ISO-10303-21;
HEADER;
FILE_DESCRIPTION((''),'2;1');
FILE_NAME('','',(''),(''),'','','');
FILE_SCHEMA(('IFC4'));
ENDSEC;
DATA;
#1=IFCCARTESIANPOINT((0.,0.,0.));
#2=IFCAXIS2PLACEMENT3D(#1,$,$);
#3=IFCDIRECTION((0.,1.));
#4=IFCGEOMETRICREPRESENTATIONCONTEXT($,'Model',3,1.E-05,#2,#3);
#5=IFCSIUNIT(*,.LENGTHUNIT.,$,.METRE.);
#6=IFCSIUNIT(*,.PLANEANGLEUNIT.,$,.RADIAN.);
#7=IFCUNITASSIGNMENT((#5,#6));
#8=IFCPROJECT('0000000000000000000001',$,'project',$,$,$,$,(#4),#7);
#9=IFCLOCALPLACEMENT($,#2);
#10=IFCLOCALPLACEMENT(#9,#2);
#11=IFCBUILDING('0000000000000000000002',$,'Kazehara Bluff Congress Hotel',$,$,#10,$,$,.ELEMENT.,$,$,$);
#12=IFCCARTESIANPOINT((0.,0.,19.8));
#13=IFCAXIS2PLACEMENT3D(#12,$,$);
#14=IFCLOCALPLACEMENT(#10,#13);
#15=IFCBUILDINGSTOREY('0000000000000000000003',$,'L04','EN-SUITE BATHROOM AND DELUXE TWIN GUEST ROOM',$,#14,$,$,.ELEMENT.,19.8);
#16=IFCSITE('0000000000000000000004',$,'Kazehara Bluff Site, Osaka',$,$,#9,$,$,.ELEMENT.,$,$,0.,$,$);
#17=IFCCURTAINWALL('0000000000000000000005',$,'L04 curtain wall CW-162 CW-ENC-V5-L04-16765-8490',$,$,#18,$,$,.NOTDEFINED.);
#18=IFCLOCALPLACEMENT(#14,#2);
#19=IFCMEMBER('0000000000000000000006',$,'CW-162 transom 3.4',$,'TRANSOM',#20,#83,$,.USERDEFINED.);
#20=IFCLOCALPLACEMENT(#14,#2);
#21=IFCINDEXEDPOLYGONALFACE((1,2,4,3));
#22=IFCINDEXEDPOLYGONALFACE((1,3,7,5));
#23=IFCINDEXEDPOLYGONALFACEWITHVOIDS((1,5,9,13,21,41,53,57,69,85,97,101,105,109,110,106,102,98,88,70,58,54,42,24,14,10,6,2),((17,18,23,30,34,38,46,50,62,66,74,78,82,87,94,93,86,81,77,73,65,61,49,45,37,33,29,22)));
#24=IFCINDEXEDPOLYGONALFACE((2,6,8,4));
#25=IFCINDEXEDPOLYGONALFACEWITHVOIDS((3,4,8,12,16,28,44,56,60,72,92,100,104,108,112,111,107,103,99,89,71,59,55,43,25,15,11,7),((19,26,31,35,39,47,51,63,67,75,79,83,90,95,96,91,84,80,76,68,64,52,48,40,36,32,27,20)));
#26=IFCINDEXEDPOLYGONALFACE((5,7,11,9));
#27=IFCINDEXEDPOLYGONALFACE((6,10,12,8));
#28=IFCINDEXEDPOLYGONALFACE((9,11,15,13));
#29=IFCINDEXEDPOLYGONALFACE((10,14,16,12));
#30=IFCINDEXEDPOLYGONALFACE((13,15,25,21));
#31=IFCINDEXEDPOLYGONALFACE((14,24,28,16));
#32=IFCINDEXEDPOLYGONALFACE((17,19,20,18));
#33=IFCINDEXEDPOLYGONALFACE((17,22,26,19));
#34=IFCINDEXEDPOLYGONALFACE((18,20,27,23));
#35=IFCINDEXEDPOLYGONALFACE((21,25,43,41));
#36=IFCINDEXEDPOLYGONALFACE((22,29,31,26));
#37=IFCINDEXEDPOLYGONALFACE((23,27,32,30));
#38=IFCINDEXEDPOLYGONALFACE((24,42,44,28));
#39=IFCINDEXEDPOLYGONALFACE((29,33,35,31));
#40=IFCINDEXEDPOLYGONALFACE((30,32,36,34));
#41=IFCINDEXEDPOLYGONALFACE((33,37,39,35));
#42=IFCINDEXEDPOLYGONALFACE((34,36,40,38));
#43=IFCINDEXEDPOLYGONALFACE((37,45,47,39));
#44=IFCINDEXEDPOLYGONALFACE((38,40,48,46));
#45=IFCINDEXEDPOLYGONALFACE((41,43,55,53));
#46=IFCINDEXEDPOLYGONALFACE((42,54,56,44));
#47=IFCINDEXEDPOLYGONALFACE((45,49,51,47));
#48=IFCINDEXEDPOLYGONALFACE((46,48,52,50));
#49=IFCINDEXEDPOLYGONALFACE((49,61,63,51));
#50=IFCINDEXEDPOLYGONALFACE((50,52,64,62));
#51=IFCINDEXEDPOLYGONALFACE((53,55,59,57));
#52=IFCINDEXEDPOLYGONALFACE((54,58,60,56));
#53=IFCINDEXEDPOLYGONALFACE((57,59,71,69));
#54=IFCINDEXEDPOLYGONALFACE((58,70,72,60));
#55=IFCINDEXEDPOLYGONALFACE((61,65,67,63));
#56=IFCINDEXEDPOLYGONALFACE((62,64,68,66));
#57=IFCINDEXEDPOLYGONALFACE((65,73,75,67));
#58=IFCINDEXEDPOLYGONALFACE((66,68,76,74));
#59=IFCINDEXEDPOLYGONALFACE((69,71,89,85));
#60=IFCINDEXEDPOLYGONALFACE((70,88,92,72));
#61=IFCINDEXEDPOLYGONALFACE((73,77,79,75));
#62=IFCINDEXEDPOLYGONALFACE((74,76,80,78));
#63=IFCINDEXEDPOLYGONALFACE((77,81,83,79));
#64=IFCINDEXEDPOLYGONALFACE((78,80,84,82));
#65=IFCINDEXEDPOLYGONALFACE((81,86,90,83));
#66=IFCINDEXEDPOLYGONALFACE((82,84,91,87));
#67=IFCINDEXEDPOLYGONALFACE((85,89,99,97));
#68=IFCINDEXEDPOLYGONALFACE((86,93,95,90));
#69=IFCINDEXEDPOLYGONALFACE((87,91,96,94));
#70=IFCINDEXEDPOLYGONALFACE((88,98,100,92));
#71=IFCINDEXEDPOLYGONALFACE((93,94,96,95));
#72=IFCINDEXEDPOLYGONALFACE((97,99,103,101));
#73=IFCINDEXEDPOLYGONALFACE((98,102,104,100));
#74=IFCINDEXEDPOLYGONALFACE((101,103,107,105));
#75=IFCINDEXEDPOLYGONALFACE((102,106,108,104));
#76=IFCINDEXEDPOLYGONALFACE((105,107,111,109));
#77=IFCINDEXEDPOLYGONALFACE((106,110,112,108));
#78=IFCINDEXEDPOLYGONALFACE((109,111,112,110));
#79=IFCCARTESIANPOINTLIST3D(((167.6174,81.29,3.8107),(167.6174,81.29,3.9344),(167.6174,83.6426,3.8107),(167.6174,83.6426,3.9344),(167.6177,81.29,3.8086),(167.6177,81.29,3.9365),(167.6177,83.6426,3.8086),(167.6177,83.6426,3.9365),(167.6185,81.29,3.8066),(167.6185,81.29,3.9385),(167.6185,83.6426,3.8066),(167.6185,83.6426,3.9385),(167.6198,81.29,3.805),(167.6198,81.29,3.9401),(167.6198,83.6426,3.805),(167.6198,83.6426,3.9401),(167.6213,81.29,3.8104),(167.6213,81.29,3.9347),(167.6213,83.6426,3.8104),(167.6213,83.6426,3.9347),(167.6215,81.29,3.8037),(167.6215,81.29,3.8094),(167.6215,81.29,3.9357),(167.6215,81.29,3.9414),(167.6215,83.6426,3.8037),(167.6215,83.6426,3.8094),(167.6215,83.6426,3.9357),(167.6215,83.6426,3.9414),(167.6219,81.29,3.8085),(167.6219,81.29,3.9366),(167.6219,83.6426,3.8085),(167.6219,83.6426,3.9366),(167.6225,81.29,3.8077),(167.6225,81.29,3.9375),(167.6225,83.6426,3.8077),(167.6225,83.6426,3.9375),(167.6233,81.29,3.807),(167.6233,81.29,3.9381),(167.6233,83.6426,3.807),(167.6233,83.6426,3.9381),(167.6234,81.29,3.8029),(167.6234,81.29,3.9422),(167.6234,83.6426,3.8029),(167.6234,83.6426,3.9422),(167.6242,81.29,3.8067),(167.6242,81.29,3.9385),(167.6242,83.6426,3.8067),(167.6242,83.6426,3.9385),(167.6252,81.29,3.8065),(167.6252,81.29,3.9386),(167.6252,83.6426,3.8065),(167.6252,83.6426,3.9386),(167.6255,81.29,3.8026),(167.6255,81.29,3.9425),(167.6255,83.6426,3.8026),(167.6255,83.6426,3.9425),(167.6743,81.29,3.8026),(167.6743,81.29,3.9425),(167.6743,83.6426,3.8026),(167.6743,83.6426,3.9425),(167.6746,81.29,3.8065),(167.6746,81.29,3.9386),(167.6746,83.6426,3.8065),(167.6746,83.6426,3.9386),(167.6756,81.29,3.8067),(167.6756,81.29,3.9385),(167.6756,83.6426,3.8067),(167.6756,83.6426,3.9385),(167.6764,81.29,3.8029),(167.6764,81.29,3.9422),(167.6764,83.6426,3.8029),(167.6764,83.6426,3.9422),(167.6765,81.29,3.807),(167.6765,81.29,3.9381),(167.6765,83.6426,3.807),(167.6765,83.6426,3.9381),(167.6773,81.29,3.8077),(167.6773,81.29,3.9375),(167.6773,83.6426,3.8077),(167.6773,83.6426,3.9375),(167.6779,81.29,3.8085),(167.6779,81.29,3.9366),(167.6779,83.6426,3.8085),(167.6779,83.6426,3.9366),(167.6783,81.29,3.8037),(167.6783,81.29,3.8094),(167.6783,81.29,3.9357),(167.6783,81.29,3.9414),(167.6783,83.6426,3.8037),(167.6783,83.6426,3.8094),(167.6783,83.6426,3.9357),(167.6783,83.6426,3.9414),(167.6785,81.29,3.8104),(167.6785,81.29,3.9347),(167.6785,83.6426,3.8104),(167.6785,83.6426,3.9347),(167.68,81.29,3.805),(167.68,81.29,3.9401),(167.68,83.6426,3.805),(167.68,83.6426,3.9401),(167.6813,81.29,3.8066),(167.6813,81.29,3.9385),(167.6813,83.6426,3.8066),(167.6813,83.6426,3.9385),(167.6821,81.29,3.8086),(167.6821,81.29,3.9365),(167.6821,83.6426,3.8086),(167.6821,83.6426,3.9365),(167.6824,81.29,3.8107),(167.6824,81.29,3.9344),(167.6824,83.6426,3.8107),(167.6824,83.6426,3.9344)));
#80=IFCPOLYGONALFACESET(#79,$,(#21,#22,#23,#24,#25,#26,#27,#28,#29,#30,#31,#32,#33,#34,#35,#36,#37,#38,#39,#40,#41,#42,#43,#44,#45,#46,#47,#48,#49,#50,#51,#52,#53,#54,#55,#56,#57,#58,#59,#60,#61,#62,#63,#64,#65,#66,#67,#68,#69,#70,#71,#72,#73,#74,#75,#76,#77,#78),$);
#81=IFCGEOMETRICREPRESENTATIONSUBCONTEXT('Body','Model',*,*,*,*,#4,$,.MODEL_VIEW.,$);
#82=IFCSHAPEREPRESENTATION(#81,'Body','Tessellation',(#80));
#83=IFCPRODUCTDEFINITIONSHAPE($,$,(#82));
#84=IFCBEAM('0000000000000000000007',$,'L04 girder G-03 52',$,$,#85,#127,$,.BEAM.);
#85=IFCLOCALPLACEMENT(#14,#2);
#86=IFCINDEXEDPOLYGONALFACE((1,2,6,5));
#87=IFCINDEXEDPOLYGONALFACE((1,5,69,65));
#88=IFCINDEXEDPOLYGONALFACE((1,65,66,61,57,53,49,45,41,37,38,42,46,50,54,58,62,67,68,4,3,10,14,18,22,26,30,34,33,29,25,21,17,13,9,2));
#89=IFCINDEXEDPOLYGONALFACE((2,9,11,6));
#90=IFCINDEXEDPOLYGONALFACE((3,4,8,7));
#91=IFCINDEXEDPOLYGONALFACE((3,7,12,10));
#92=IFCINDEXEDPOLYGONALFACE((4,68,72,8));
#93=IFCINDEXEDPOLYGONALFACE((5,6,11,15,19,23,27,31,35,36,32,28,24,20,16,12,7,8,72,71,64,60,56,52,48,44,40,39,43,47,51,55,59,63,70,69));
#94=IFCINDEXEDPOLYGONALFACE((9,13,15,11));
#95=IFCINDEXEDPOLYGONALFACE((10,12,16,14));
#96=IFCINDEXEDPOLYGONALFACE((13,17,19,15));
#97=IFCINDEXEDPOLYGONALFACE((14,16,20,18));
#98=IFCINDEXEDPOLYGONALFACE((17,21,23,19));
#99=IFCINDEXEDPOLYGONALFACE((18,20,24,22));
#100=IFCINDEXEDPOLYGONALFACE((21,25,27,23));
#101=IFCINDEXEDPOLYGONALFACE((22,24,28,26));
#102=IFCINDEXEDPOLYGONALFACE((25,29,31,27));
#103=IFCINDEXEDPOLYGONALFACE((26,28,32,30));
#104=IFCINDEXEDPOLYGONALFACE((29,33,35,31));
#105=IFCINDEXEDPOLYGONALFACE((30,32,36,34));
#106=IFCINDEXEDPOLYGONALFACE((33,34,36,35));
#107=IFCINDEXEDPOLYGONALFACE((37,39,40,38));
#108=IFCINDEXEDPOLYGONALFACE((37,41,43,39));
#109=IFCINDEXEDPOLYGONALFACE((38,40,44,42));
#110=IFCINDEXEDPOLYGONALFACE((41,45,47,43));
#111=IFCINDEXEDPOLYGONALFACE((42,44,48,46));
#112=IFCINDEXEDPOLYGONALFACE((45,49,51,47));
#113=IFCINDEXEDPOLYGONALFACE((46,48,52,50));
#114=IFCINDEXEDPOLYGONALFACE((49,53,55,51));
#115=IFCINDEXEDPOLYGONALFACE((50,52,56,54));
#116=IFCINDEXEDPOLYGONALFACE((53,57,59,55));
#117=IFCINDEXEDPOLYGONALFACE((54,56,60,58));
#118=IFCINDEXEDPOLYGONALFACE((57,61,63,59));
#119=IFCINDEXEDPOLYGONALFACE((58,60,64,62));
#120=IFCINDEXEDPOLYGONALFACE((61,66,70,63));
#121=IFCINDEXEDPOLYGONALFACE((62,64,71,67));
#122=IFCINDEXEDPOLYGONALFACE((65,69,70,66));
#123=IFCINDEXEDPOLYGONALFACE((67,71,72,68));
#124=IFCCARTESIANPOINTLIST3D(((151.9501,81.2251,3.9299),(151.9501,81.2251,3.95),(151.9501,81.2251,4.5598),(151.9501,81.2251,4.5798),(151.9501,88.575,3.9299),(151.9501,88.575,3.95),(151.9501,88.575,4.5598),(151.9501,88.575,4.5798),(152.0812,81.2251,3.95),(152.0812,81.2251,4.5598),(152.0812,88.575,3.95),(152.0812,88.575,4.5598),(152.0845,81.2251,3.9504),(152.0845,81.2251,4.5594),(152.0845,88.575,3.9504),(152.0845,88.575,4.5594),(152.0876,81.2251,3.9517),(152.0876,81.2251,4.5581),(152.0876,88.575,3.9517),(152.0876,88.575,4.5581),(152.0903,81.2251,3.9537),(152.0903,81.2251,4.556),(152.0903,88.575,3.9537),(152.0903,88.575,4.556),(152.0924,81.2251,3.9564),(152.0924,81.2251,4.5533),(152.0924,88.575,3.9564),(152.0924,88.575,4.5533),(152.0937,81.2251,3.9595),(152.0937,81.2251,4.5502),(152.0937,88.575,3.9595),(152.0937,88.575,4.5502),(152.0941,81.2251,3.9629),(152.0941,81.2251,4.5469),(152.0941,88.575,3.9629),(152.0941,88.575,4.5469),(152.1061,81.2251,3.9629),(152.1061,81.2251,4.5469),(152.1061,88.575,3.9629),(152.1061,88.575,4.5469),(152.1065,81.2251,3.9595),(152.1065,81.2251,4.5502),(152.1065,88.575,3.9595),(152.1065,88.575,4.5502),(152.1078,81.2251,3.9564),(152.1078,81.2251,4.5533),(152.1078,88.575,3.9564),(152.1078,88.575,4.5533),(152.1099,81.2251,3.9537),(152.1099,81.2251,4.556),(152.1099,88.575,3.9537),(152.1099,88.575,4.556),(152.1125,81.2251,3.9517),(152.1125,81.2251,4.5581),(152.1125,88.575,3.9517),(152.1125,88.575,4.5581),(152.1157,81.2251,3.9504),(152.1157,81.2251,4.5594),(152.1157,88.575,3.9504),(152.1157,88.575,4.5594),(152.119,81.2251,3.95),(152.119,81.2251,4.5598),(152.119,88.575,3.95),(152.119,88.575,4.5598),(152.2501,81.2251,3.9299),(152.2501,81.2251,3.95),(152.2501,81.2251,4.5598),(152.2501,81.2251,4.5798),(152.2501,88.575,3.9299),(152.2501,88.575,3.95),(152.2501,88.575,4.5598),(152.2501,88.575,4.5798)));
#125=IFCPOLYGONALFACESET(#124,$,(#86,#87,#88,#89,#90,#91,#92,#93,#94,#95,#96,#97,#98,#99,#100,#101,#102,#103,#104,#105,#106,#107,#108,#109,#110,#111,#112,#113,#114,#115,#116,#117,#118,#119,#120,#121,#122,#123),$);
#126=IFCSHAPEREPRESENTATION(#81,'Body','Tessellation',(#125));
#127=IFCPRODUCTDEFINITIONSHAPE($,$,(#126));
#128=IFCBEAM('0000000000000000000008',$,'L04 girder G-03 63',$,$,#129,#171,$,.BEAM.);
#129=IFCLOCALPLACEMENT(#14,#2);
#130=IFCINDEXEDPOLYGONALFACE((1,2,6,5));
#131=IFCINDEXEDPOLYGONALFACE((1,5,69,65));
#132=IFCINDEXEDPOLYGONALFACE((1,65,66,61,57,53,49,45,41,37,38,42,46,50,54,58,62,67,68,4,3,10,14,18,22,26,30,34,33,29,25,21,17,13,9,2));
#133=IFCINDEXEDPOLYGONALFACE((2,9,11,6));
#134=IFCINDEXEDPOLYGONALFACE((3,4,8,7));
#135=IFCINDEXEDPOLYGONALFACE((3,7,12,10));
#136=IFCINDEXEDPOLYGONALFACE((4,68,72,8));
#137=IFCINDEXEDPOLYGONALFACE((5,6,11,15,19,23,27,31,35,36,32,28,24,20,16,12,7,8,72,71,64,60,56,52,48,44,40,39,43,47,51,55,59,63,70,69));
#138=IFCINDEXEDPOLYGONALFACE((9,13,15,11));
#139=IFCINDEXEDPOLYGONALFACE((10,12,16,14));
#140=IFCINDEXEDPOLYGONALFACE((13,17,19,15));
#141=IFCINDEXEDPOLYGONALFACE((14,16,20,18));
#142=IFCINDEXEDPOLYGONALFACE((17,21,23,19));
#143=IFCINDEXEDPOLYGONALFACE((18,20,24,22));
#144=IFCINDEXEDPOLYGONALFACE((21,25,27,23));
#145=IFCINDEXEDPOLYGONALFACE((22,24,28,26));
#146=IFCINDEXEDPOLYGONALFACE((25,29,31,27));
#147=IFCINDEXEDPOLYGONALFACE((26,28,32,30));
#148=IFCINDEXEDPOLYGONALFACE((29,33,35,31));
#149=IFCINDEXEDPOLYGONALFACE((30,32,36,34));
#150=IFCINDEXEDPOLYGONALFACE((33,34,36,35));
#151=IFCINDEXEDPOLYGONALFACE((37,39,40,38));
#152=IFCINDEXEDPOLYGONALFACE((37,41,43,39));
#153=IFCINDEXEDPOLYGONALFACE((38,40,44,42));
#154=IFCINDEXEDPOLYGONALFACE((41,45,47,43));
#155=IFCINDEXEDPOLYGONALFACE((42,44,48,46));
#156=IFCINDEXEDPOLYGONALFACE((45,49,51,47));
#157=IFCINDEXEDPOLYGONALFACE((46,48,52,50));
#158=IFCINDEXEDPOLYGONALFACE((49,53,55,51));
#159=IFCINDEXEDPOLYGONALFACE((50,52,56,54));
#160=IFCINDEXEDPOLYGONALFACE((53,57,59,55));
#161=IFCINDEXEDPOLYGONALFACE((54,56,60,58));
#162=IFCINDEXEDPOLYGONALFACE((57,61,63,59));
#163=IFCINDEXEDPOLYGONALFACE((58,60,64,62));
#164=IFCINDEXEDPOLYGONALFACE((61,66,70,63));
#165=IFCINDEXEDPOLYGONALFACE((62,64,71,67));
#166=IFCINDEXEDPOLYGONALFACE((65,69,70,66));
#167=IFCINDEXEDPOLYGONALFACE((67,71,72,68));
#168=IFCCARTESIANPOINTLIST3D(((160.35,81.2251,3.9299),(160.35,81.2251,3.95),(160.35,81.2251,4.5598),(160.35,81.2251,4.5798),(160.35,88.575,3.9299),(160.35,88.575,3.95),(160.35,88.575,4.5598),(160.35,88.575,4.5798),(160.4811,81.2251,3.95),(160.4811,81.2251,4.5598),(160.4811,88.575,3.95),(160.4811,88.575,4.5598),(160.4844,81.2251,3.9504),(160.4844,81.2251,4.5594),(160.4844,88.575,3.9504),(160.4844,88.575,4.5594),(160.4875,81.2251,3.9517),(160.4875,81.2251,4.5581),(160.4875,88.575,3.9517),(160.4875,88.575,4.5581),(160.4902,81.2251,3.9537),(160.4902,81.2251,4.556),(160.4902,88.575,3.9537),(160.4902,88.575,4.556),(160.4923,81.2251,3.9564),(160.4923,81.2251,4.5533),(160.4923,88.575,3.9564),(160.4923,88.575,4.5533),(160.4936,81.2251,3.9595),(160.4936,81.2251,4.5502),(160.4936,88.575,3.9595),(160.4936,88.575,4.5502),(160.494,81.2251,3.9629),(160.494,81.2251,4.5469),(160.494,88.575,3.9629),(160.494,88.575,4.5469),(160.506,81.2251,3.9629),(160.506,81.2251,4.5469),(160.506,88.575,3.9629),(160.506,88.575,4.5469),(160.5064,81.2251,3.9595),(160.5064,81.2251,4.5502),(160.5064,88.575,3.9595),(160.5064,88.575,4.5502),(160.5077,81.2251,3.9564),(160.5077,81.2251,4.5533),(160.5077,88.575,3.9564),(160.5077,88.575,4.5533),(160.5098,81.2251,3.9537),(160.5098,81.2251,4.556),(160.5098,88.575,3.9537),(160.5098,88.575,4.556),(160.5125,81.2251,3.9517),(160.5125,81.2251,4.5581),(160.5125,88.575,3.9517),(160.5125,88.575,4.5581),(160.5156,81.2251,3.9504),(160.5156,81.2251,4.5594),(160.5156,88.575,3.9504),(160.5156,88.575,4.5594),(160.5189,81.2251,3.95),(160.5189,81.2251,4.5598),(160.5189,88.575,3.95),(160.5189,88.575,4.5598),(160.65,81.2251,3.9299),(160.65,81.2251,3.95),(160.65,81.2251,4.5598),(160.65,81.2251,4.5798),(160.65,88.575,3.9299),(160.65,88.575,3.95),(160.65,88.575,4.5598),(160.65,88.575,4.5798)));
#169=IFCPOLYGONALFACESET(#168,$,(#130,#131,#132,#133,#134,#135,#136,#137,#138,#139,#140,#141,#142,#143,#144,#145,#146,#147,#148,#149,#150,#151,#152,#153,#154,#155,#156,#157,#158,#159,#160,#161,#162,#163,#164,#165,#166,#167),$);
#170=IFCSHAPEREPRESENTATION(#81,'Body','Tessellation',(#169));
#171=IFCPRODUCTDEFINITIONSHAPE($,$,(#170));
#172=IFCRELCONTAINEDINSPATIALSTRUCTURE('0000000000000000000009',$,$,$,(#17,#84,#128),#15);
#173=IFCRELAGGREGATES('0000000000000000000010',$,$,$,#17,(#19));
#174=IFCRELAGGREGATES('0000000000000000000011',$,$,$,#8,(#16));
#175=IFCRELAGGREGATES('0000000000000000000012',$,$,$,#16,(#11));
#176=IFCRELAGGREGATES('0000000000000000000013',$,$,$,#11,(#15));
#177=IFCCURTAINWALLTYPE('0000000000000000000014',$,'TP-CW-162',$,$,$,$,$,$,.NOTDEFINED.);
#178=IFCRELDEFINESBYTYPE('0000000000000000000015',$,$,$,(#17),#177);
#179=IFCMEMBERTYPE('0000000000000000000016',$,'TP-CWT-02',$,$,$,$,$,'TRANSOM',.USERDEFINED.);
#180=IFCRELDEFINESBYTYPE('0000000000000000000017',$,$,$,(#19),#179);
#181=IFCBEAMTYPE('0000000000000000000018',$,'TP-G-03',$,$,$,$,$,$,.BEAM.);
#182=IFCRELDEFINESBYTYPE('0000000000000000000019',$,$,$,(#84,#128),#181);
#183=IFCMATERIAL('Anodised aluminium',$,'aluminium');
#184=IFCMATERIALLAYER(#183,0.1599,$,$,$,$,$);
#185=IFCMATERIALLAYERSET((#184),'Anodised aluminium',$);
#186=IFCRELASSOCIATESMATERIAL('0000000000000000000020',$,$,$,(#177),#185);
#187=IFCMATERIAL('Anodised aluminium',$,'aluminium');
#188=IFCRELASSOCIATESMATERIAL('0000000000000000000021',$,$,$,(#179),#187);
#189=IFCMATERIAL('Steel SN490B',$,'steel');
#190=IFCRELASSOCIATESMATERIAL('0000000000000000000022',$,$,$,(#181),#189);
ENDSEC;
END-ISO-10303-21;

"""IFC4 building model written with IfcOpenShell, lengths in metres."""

from ifc_helpers import new_model, si_unit, direction, frame, origin, origin_2d, place, context, subcontext, project, spatial, hollow_rectangle, i_section, extrude, material, layer, layer_set, material_profile, profile_set, type_object, element, aggregate, save


model = new_model("IFC4")

# Units and contexts
model_context = context("Model", 3, precision=1e-05, world=origin(), true_north=direction((0.0, 1.0)))
body_context = subcontext(model_context, "Body", "Model", "MODEL_VIEW")
ifc_project = project(units=[si_unit("LENGTHUNIT", "METRE"), si_unit("PLANEANGLEUNIT", "RADIAN")], contexts=[model_context])

# Site, building, storey
site_placement = place(None, origin())
site = spatial("IfcSite", under=ifc_project, at=site_placement, Name="Kazehara Bluff Site, Osaka", CompositionType="ELEMENT", RefElevation=0.0)
building_placement = place(site_placement, origin())
building = spatial("IfcBuilding", under=site, at=building_placement, Name="Kazehara Bluff Congress Hotel", CompositionType="ELEMENT")
storey_placement = place(building_placement, frame((0.0, 0.0, 19.8)))
storey = spatial("IfcBuildingStorey", under=building, at=storey_placement, Name="L04", Description="EN-SUITE BATHROOM AND DELUXE TWIN GUEST ROOM", CompositionType="ELEMENT", Elevation=19.8)

# Curtain wall
ifc_material_1 = material(Name="Anodised aluminium", Category="aluminium")
ifc_layer_1 = layer(ifc_material_1, 0.1599)
ifc_layer_set_1 = layer_set([ifc_layer_1], Name="Anodised aluminium")
curtain_wall_type_1 = type_object("IfcCurtainWallType", Name="TP-CW-162", PredefinedType="NOTDEFINED", material=ifc_layer_set_1)
curtain_wall_1_placement = place(storey_placement, origin())
curtain_wall_1 = element("IfcCurtainWall", 1, at=curtain_wall_1_placement, inside=storey, type_object=curtain_wall_type_1, Name="L04 curtain wall CW-162 CW-ENC-V5-L04-16765-8490", PredefinedType="NOTDEFINED")

# Member
ifc_material_2 = material(Name="Anodised aluminium", Category="aluminium")
ifc_material_profile_1 = material_profile(ifc_material_2, hollow_rectangle(XDim=0.0649, YDim=0.1399, WallThickness=0.0039, InnerFilletRadius=0.0039, OuterFilletRadius=0.0081, at=origin_2d()))
ifc_profile_set_1 = profile_set([ifc_material_profile_1], Name="Anodised aluminium")
member_type_1 = type_object("IfcMemberType", Name="TP-CWT-02", ElementType="TRANSOM", PredefinedType="USERDEFINED", material=ifc_profile_set_1)
member_1_placement = place(storey_placement, frame((167.6499, 83.6426, 3.8726), z_axis=(0.0, -1.0, 0.0), x_axis=(1.0, 0.0, 0.0)))
member_1 = element("IfcMember", 2, at=member_1_placement, type_object=member_type_1, Name="CW-162 transom 3.4", ObjectType="TRANSOM", PredefinedType="USERDEFINED", context=body_context, shape_type="SweptSolid", body=[
    extrude(hollow_rectangle(XDim=0.0649, YDim=0.1399, WallThickness=0.0039, InnerFilletRadius=0.0039, OuterFilletRadius=0.0081, at=origin_2d()), origin(), (0.0, 0.0, 1.0), 2.3525),
])

# Beams
ifc_material_3 = material(Name="Steel SN490B", Category="steel")
ifc_material_profile_2 = material_profile(ifc_material_3, i_section(OverallWidth=0.3, OverallDepth=0.6499, WebThickness=0.012, FlangeThickness=0.02, FilletRadius=0.0129, at=origin_2d()))
ifc_profile_set_2 = profile_set([ifc_material_profile_2], Name="Steel SN490B")
beam_type_1 = type_object("IfcBeamType", Name="TP-G-03", PredefinedType="BEAM", material=ifc_profile_set_2)
for number, where, z_axis, x_axis, name in (
    (3, (152.1001, 81.2251, 4.2549), (0.0, 1.0, 0.0), (-1.0, 0.0, 0.0), "L04 girder G-03 52"),
    (4, (160.5, 81.2251, 4.2549), (0.0, 1.0, 0.0), (-1.0, 0.0, 0.0), "L04 girder G-03 63"),
):
    element("IfcBeam", number, at=place(storey_placement, frame(where, z_axis=z_axis, x_axis=x_axis)), inside=storey, type_object=beam_type_1, Name=name, PredefinedType="BEAM", context=body_context, shape_type="SweptSolid", body=[
        extrude(i_section(OverallWidth=0.3, OverallDepth=0.6499, WebThickness=0.012, FlangeThickness=0.02, FilletRadius=0.0129, at=origin_2d()), origin(), (0.0, 0.0, 1.0), 7.3499),
    ])

aggregate(curtain_wall_1, [member_1])

save(model, "model.ifc")
